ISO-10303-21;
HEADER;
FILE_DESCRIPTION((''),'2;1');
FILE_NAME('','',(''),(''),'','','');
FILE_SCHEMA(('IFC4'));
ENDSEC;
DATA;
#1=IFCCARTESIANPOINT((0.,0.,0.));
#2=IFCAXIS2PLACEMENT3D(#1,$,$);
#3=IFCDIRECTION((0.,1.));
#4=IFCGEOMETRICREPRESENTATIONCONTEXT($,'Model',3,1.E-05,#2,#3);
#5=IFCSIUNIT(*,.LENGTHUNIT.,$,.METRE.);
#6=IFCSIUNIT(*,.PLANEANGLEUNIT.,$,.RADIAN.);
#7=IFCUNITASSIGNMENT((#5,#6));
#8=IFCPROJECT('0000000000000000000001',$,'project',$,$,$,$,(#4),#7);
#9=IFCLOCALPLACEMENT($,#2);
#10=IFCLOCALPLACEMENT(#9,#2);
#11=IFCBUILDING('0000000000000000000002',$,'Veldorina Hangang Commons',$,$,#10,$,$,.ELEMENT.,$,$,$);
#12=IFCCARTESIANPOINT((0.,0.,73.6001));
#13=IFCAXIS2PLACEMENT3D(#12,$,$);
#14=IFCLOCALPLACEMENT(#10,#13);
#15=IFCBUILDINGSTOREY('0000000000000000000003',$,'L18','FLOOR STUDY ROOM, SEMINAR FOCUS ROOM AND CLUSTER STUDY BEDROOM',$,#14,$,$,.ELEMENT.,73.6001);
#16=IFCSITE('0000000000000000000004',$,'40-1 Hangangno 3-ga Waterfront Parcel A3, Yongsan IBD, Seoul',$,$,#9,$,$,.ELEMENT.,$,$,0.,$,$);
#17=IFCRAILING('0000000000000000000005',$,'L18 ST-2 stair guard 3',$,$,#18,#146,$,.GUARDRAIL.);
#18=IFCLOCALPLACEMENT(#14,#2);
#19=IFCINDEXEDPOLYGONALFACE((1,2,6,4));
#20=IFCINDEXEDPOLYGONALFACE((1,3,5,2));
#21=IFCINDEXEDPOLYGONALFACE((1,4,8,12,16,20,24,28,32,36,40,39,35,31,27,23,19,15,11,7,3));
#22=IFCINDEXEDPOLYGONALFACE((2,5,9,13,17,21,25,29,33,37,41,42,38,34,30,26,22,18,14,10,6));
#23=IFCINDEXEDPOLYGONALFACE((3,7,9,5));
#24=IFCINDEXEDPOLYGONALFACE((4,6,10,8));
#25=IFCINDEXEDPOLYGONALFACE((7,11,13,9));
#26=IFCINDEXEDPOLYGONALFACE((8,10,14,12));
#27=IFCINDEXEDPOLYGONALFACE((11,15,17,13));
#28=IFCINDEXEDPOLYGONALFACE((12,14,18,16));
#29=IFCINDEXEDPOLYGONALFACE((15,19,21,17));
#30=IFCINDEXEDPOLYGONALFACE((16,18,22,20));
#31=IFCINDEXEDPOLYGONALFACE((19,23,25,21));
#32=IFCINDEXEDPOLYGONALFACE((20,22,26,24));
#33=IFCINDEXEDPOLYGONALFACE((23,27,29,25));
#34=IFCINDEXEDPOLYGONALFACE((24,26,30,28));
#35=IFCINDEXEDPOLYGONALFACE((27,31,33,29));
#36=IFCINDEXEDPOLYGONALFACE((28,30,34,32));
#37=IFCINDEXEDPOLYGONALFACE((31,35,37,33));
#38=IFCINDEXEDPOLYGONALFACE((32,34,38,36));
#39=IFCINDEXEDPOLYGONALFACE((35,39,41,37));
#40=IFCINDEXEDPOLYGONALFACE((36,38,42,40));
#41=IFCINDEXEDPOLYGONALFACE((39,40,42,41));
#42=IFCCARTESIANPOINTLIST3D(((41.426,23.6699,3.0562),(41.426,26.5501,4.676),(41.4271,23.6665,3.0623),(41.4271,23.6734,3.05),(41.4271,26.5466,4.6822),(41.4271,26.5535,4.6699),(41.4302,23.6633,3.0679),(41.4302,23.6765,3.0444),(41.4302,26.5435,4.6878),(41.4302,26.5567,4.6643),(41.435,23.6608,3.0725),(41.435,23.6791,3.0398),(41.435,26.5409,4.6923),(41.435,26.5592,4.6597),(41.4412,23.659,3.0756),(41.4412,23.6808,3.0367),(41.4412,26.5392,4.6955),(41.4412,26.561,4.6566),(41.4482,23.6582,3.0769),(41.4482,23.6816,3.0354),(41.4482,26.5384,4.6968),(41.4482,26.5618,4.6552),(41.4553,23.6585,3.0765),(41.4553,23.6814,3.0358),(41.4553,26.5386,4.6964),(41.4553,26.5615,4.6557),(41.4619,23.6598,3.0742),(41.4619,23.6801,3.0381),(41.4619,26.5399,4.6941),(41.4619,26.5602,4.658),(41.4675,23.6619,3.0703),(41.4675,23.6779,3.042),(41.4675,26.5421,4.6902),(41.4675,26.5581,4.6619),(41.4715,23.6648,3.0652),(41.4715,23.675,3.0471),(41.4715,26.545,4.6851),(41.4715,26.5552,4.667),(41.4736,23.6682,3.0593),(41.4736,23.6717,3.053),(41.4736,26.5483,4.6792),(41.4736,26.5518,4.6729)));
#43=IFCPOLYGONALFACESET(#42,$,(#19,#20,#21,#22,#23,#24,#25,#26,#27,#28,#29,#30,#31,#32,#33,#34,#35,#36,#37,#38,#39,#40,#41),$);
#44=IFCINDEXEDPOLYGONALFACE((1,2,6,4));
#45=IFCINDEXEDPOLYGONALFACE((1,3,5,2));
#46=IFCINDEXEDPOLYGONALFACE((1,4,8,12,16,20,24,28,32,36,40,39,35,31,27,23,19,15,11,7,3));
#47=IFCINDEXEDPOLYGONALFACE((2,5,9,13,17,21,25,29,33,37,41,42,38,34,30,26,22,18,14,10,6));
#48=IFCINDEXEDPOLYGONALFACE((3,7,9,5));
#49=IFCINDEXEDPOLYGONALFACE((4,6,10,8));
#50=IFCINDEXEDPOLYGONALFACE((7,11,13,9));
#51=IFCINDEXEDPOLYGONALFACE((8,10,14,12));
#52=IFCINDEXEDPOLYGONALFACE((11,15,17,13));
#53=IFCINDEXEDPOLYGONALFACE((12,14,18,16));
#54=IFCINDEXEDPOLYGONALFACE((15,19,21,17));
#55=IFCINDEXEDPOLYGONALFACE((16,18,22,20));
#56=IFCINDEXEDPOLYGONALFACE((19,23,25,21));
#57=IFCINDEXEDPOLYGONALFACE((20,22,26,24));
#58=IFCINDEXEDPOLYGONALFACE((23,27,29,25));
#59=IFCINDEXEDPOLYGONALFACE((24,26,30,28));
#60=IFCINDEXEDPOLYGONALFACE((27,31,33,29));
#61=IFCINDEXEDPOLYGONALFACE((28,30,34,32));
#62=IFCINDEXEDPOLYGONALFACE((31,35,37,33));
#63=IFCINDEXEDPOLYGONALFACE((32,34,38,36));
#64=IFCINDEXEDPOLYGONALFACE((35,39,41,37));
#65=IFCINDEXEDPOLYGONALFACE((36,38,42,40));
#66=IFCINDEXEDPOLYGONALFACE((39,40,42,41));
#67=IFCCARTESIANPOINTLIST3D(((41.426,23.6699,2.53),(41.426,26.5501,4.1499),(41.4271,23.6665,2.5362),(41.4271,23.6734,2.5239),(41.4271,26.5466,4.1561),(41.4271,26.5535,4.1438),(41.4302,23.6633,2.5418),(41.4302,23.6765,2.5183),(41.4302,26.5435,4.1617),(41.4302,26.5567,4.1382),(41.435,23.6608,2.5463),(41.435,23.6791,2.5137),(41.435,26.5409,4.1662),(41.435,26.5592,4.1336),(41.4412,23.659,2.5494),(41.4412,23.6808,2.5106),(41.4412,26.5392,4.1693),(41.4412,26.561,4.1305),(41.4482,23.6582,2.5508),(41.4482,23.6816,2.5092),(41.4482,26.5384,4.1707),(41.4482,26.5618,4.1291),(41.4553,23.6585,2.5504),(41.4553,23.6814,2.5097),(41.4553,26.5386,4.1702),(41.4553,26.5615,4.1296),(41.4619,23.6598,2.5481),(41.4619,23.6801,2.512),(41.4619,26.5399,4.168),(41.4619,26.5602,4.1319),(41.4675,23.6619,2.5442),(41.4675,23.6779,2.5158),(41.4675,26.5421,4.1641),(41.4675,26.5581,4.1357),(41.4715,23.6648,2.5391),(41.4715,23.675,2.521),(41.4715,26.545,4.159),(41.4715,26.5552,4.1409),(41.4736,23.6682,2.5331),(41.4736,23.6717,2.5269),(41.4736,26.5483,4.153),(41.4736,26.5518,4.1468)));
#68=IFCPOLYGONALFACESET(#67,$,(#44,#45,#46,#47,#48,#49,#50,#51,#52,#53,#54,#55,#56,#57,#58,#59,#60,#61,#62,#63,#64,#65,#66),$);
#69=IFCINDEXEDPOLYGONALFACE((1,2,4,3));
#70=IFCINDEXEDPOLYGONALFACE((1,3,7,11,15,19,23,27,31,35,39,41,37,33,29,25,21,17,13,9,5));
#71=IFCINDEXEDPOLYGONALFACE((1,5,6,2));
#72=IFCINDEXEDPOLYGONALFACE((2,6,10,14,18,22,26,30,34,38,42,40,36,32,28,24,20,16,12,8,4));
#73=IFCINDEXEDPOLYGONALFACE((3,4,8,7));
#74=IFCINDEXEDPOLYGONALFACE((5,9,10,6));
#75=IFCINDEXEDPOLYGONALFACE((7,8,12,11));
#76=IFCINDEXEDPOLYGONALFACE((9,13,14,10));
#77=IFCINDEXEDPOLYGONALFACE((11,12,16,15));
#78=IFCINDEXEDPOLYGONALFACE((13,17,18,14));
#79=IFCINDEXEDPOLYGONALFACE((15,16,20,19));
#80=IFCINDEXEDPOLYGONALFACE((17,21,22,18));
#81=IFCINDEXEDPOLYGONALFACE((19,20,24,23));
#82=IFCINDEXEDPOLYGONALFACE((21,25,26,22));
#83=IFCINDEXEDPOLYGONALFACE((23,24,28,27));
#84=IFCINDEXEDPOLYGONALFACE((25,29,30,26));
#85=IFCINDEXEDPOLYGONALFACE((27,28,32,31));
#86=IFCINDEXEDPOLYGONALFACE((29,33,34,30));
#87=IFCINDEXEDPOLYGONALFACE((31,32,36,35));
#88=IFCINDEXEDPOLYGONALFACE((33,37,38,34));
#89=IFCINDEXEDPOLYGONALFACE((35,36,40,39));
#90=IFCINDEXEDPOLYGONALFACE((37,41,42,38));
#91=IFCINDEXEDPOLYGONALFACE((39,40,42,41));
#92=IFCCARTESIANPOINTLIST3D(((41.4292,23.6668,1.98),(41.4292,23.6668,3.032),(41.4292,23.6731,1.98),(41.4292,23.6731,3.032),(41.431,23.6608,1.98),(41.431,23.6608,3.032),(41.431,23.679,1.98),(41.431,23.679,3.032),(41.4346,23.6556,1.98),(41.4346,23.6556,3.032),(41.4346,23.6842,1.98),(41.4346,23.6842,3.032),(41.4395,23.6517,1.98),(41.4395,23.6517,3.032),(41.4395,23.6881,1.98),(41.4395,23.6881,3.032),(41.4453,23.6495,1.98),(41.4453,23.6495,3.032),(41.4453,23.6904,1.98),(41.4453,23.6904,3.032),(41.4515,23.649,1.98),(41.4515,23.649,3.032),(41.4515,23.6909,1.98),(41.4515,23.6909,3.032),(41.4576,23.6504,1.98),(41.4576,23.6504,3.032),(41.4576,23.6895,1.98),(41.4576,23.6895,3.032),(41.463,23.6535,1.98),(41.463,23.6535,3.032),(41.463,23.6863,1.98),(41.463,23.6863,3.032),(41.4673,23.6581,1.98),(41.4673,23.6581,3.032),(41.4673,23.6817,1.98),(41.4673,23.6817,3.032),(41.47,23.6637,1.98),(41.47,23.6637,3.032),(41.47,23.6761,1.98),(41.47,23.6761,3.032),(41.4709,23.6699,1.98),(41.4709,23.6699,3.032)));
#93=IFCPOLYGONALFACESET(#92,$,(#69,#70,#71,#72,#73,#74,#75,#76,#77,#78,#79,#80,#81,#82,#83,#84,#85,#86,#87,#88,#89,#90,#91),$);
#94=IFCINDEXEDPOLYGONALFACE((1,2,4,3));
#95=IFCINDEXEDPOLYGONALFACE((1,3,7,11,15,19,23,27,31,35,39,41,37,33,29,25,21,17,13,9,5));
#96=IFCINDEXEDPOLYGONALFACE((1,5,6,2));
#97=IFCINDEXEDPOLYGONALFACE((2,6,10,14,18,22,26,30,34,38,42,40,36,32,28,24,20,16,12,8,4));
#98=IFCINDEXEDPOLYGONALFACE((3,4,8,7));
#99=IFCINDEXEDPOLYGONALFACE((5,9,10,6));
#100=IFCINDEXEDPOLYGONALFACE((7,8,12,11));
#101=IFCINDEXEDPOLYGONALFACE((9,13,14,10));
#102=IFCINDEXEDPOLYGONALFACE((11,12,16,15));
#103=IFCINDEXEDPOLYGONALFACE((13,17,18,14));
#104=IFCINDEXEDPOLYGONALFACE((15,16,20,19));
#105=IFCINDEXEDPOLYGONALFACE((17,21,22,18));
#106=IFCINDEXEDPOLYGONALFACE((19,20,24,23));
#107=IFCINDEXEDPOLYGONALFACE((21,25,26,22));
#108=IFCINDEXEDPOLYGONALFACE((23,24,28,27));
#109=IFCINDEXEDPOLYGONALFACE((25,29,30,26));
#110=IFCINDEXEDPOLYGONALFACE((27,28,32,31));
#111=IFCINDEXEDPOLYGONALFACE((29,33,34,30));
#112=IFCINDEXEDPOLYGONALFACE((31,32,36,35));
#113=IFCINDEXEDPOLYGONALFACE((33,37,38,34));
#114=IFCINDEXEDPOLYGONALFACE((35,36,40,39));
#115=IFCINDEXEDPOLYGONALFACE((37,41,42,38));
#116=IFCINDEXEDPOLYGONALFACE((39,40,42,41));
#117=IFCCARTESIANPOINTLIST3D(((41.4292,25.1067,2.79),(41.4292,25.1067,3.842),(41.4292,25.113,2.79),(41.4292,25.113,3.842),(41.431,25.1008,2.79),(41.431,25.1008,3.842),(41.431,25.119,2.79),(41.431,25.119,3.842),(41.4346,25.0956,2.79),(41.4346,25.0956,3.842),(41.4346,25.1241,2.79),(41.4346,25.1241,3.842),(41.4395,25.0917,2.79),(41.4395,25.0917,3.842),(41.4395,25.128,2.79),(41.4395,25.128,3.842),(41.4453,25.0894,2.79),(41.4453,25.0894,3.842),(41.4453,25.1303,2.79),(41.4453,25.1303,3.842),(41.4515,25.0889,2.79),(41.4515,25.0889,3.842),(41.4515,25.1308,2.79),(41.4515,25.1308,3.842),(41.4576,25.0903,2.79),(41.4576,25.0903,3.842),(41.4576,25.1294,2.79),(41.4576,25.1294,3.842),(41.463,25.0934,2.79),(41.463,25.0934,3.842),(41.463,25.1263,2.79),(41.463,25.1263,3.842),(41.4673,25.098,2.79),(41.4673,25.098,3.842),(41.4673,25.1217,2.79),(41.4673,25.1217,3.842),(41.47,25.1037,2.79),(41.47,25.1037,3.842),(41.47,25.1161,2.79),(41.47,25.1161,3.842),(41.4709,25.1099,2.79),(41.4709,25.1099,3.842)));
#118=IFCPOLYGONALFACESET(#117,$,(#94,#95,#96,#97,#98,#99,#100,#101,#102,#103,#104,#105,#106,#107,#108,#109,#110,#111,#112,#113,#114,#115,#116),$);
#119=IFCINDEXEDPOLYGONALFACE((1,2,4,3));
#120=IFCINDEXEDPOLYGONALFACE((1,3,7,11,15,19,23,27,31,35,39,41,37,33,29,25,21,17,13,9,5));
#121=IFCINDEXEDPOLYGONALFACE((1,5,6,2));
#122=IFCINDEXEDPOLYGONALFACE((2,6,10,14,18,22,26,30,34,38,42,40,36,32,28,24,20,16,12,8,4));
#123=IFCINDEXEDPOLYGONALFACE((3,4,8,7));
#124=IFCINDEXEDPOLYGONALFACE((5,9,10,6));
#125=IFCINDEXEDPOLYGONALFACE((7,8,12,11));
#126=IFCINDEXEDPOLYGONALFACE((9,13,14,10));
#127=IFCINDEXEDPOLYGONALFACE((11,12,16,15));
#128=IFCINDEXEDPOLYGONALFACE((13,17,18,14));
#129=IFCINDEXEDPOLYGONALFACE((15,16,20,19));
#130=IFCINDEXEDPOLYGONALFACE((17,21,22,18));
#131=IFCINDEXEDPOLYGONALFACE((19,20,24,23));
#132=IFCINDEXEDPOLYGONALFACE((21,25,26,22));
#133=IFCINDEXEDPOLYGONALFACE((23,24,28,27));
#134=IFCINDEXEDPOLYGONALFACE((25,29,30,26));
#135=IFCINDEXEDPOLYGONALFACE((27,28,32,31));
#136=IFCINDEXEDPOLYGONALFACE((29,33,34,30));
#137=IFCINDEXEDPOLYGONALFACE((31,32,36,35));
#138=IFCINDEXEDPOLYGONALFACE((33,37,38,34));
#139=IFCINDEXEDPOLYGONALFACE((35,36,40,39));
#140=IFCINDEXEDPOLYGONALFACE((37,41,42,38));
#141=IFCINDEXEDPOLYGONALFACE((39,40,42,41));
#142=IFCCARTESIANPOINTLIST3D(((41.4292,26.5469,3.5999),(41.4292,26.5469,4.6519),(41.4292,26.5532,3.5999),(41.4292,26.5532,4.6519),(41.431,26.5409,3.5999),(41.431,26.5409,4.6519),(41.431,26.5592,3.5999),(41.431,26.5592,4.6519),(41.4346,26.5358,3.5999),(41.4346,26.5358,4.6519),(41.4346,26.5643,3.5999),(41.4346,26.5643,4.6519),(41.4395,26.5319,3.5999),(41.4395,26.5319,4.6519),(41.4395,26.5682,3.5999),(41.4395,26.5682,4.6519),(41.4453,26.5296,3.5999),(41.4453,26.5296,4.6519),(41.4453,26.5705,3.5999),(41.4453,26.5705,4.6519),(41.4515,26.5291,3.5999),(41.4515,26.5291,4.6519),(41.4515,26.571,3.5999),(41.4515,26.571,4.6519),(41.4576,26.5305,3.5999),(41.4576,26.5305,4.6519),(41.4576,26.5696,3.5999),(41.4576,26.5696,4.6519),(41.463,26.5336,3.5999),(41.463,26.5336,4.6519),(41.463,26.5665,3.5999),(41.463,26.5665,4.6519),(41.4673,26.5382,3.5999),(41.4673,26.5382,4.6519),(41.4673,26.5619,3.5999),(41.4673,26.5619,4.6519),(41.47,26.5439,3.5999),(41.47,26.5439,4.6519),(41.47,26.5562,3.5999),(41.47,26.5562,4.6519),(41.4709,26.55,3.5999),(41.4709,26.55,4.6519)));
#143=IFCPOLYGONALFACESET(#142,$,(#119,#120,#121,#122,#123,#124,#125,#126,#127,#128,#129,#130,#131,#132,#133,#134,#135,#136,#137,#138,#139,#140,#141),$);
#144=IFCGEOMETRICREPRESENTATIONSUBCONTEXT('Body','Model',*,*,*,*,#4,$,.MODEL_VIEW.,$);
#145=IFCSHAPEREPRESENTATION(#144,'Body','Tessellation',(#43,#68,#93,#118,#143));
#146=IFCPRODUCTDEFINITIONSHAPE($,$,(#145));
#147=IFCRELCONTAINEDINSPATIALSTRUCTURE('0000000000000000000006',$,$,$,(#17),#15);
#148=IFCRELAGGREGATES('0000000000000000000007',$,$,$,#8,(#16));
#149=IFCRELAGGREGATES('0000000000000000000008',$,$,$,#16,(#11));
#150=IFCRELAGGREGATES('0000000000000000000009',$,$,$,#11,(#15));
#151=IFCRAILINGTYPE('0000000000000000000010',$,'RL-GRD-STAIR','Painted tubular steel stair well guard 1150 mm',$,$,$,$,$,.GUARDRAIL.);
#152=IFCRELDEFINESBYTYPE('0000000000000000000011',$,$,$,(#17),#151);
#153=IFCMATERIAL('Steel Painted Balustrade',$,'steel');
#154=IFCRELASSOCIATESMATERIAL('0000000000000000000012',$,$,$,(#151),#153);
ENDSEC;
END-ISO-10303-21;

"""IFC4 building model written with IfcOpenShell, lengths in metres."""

from ifc_helpers import new_model, si_unit, direction, frame, origin, origin_2d, place, context, subcontext, project, spatial, circle, extrude, material, type_object, element, save


model = new_model("IFC4")

# Units and contexts
model_context = context("Model", 3, precision=1e-05, world=origin(), true_north=direction((0.0, 1.0)))
body_context = subcontext(model_context, "Body", "Model", "MODEL_VIEW")
ifc_project = project(units=[si_unit("LENGTHUNIT", "METRE"), si_unit("PLANEANGLEUNIT", "RADIAN")], contexts=[model_context])

# Site, building, storey
site_placement = place(None, origin())
site = spatial("IfcSite", under=ifc_project, at=site_placement, Name="40-1 Hangangno 3-ga Waterfront Parcel A3, Yongsan IBD, Seoul", CompositionType="ELEMENT", RefElevation=0.0)
building_placement = place(site_placement, origin())
building = spatial("IfcBuilding", under=site, at=building_placement, Name="Veldorina Hangang Commons", CompositionType="ELEMENT")
storey_placement = place(building_placement, frame((0.0, 0.0, 73.6001)))
storey = spatial("IfcBuildingStorey", under=building, at=storey_placement, Name="L18", Description="FLOOR STUDY ROOM, SEMINAR FOCUS ROOM AND CLUSTER STUDY BEDROOM", CompositionType="ELEMENT", Elevation=73.6001)

# Railing
ifc_material_1 = material(Name="Steel Painted Balustrade", Category="steel")
railing_type_1 = type_object("IfcRailingType", Name="RL-GRD-STAIR", Description="Painted tubular steel stair well guard 1150 mm", PredefinedType="GUARDRAIL", material=ifc_material_1)
railing_1_placement = place(storey_placement, frame((41.45, 23.6699, 1.98)))
element("IfcRailing", 1, at=railing_1_placement, inside=storey, type_object=railing_type_1, Name="L18 ST-2 stair guard 3", PredefinedType="GUARDRAIL", context=body_context, shape_type="SweptSolid", body=[
    extrude(circle(Radius=0.0239, at=origin_2d()), frame((0.0, 0.0, 1.0762), z_axis=(0.0, 0.871601, 0.490216), x_axis=(-1.0, 0.0, 0.0)), (0.0, 0.0, 1.0), 3.3044),
    extrude(circle(Radius=0.0239, at=origin_2d()), frame((0.0, 0.0, 0.55), z_axis=(0.0, 0.871601, 0.490216), x_axis=(-1.0, 0.0, 0.0)), (0.0, 0.0, 1.0), 3.3044),
    extrude(circle(Radius=0.021, at=origin_2d()), origin(), (0.0, 0.0, 1.0), 1.052),
    extrude(circle(Radius=0.021, at=origin_2d()), frame((0.0, 1.4399, 0.8101)), (0.0, 0.0, 1.0), 1.052),
    extrude(circle(Radius=0.021, at=origin_2d()), frame((0.0, 2.8801, 1.6199)), (0.0, 0.0, 1.0), 1.052),
])

save(model, "model.ifc")
